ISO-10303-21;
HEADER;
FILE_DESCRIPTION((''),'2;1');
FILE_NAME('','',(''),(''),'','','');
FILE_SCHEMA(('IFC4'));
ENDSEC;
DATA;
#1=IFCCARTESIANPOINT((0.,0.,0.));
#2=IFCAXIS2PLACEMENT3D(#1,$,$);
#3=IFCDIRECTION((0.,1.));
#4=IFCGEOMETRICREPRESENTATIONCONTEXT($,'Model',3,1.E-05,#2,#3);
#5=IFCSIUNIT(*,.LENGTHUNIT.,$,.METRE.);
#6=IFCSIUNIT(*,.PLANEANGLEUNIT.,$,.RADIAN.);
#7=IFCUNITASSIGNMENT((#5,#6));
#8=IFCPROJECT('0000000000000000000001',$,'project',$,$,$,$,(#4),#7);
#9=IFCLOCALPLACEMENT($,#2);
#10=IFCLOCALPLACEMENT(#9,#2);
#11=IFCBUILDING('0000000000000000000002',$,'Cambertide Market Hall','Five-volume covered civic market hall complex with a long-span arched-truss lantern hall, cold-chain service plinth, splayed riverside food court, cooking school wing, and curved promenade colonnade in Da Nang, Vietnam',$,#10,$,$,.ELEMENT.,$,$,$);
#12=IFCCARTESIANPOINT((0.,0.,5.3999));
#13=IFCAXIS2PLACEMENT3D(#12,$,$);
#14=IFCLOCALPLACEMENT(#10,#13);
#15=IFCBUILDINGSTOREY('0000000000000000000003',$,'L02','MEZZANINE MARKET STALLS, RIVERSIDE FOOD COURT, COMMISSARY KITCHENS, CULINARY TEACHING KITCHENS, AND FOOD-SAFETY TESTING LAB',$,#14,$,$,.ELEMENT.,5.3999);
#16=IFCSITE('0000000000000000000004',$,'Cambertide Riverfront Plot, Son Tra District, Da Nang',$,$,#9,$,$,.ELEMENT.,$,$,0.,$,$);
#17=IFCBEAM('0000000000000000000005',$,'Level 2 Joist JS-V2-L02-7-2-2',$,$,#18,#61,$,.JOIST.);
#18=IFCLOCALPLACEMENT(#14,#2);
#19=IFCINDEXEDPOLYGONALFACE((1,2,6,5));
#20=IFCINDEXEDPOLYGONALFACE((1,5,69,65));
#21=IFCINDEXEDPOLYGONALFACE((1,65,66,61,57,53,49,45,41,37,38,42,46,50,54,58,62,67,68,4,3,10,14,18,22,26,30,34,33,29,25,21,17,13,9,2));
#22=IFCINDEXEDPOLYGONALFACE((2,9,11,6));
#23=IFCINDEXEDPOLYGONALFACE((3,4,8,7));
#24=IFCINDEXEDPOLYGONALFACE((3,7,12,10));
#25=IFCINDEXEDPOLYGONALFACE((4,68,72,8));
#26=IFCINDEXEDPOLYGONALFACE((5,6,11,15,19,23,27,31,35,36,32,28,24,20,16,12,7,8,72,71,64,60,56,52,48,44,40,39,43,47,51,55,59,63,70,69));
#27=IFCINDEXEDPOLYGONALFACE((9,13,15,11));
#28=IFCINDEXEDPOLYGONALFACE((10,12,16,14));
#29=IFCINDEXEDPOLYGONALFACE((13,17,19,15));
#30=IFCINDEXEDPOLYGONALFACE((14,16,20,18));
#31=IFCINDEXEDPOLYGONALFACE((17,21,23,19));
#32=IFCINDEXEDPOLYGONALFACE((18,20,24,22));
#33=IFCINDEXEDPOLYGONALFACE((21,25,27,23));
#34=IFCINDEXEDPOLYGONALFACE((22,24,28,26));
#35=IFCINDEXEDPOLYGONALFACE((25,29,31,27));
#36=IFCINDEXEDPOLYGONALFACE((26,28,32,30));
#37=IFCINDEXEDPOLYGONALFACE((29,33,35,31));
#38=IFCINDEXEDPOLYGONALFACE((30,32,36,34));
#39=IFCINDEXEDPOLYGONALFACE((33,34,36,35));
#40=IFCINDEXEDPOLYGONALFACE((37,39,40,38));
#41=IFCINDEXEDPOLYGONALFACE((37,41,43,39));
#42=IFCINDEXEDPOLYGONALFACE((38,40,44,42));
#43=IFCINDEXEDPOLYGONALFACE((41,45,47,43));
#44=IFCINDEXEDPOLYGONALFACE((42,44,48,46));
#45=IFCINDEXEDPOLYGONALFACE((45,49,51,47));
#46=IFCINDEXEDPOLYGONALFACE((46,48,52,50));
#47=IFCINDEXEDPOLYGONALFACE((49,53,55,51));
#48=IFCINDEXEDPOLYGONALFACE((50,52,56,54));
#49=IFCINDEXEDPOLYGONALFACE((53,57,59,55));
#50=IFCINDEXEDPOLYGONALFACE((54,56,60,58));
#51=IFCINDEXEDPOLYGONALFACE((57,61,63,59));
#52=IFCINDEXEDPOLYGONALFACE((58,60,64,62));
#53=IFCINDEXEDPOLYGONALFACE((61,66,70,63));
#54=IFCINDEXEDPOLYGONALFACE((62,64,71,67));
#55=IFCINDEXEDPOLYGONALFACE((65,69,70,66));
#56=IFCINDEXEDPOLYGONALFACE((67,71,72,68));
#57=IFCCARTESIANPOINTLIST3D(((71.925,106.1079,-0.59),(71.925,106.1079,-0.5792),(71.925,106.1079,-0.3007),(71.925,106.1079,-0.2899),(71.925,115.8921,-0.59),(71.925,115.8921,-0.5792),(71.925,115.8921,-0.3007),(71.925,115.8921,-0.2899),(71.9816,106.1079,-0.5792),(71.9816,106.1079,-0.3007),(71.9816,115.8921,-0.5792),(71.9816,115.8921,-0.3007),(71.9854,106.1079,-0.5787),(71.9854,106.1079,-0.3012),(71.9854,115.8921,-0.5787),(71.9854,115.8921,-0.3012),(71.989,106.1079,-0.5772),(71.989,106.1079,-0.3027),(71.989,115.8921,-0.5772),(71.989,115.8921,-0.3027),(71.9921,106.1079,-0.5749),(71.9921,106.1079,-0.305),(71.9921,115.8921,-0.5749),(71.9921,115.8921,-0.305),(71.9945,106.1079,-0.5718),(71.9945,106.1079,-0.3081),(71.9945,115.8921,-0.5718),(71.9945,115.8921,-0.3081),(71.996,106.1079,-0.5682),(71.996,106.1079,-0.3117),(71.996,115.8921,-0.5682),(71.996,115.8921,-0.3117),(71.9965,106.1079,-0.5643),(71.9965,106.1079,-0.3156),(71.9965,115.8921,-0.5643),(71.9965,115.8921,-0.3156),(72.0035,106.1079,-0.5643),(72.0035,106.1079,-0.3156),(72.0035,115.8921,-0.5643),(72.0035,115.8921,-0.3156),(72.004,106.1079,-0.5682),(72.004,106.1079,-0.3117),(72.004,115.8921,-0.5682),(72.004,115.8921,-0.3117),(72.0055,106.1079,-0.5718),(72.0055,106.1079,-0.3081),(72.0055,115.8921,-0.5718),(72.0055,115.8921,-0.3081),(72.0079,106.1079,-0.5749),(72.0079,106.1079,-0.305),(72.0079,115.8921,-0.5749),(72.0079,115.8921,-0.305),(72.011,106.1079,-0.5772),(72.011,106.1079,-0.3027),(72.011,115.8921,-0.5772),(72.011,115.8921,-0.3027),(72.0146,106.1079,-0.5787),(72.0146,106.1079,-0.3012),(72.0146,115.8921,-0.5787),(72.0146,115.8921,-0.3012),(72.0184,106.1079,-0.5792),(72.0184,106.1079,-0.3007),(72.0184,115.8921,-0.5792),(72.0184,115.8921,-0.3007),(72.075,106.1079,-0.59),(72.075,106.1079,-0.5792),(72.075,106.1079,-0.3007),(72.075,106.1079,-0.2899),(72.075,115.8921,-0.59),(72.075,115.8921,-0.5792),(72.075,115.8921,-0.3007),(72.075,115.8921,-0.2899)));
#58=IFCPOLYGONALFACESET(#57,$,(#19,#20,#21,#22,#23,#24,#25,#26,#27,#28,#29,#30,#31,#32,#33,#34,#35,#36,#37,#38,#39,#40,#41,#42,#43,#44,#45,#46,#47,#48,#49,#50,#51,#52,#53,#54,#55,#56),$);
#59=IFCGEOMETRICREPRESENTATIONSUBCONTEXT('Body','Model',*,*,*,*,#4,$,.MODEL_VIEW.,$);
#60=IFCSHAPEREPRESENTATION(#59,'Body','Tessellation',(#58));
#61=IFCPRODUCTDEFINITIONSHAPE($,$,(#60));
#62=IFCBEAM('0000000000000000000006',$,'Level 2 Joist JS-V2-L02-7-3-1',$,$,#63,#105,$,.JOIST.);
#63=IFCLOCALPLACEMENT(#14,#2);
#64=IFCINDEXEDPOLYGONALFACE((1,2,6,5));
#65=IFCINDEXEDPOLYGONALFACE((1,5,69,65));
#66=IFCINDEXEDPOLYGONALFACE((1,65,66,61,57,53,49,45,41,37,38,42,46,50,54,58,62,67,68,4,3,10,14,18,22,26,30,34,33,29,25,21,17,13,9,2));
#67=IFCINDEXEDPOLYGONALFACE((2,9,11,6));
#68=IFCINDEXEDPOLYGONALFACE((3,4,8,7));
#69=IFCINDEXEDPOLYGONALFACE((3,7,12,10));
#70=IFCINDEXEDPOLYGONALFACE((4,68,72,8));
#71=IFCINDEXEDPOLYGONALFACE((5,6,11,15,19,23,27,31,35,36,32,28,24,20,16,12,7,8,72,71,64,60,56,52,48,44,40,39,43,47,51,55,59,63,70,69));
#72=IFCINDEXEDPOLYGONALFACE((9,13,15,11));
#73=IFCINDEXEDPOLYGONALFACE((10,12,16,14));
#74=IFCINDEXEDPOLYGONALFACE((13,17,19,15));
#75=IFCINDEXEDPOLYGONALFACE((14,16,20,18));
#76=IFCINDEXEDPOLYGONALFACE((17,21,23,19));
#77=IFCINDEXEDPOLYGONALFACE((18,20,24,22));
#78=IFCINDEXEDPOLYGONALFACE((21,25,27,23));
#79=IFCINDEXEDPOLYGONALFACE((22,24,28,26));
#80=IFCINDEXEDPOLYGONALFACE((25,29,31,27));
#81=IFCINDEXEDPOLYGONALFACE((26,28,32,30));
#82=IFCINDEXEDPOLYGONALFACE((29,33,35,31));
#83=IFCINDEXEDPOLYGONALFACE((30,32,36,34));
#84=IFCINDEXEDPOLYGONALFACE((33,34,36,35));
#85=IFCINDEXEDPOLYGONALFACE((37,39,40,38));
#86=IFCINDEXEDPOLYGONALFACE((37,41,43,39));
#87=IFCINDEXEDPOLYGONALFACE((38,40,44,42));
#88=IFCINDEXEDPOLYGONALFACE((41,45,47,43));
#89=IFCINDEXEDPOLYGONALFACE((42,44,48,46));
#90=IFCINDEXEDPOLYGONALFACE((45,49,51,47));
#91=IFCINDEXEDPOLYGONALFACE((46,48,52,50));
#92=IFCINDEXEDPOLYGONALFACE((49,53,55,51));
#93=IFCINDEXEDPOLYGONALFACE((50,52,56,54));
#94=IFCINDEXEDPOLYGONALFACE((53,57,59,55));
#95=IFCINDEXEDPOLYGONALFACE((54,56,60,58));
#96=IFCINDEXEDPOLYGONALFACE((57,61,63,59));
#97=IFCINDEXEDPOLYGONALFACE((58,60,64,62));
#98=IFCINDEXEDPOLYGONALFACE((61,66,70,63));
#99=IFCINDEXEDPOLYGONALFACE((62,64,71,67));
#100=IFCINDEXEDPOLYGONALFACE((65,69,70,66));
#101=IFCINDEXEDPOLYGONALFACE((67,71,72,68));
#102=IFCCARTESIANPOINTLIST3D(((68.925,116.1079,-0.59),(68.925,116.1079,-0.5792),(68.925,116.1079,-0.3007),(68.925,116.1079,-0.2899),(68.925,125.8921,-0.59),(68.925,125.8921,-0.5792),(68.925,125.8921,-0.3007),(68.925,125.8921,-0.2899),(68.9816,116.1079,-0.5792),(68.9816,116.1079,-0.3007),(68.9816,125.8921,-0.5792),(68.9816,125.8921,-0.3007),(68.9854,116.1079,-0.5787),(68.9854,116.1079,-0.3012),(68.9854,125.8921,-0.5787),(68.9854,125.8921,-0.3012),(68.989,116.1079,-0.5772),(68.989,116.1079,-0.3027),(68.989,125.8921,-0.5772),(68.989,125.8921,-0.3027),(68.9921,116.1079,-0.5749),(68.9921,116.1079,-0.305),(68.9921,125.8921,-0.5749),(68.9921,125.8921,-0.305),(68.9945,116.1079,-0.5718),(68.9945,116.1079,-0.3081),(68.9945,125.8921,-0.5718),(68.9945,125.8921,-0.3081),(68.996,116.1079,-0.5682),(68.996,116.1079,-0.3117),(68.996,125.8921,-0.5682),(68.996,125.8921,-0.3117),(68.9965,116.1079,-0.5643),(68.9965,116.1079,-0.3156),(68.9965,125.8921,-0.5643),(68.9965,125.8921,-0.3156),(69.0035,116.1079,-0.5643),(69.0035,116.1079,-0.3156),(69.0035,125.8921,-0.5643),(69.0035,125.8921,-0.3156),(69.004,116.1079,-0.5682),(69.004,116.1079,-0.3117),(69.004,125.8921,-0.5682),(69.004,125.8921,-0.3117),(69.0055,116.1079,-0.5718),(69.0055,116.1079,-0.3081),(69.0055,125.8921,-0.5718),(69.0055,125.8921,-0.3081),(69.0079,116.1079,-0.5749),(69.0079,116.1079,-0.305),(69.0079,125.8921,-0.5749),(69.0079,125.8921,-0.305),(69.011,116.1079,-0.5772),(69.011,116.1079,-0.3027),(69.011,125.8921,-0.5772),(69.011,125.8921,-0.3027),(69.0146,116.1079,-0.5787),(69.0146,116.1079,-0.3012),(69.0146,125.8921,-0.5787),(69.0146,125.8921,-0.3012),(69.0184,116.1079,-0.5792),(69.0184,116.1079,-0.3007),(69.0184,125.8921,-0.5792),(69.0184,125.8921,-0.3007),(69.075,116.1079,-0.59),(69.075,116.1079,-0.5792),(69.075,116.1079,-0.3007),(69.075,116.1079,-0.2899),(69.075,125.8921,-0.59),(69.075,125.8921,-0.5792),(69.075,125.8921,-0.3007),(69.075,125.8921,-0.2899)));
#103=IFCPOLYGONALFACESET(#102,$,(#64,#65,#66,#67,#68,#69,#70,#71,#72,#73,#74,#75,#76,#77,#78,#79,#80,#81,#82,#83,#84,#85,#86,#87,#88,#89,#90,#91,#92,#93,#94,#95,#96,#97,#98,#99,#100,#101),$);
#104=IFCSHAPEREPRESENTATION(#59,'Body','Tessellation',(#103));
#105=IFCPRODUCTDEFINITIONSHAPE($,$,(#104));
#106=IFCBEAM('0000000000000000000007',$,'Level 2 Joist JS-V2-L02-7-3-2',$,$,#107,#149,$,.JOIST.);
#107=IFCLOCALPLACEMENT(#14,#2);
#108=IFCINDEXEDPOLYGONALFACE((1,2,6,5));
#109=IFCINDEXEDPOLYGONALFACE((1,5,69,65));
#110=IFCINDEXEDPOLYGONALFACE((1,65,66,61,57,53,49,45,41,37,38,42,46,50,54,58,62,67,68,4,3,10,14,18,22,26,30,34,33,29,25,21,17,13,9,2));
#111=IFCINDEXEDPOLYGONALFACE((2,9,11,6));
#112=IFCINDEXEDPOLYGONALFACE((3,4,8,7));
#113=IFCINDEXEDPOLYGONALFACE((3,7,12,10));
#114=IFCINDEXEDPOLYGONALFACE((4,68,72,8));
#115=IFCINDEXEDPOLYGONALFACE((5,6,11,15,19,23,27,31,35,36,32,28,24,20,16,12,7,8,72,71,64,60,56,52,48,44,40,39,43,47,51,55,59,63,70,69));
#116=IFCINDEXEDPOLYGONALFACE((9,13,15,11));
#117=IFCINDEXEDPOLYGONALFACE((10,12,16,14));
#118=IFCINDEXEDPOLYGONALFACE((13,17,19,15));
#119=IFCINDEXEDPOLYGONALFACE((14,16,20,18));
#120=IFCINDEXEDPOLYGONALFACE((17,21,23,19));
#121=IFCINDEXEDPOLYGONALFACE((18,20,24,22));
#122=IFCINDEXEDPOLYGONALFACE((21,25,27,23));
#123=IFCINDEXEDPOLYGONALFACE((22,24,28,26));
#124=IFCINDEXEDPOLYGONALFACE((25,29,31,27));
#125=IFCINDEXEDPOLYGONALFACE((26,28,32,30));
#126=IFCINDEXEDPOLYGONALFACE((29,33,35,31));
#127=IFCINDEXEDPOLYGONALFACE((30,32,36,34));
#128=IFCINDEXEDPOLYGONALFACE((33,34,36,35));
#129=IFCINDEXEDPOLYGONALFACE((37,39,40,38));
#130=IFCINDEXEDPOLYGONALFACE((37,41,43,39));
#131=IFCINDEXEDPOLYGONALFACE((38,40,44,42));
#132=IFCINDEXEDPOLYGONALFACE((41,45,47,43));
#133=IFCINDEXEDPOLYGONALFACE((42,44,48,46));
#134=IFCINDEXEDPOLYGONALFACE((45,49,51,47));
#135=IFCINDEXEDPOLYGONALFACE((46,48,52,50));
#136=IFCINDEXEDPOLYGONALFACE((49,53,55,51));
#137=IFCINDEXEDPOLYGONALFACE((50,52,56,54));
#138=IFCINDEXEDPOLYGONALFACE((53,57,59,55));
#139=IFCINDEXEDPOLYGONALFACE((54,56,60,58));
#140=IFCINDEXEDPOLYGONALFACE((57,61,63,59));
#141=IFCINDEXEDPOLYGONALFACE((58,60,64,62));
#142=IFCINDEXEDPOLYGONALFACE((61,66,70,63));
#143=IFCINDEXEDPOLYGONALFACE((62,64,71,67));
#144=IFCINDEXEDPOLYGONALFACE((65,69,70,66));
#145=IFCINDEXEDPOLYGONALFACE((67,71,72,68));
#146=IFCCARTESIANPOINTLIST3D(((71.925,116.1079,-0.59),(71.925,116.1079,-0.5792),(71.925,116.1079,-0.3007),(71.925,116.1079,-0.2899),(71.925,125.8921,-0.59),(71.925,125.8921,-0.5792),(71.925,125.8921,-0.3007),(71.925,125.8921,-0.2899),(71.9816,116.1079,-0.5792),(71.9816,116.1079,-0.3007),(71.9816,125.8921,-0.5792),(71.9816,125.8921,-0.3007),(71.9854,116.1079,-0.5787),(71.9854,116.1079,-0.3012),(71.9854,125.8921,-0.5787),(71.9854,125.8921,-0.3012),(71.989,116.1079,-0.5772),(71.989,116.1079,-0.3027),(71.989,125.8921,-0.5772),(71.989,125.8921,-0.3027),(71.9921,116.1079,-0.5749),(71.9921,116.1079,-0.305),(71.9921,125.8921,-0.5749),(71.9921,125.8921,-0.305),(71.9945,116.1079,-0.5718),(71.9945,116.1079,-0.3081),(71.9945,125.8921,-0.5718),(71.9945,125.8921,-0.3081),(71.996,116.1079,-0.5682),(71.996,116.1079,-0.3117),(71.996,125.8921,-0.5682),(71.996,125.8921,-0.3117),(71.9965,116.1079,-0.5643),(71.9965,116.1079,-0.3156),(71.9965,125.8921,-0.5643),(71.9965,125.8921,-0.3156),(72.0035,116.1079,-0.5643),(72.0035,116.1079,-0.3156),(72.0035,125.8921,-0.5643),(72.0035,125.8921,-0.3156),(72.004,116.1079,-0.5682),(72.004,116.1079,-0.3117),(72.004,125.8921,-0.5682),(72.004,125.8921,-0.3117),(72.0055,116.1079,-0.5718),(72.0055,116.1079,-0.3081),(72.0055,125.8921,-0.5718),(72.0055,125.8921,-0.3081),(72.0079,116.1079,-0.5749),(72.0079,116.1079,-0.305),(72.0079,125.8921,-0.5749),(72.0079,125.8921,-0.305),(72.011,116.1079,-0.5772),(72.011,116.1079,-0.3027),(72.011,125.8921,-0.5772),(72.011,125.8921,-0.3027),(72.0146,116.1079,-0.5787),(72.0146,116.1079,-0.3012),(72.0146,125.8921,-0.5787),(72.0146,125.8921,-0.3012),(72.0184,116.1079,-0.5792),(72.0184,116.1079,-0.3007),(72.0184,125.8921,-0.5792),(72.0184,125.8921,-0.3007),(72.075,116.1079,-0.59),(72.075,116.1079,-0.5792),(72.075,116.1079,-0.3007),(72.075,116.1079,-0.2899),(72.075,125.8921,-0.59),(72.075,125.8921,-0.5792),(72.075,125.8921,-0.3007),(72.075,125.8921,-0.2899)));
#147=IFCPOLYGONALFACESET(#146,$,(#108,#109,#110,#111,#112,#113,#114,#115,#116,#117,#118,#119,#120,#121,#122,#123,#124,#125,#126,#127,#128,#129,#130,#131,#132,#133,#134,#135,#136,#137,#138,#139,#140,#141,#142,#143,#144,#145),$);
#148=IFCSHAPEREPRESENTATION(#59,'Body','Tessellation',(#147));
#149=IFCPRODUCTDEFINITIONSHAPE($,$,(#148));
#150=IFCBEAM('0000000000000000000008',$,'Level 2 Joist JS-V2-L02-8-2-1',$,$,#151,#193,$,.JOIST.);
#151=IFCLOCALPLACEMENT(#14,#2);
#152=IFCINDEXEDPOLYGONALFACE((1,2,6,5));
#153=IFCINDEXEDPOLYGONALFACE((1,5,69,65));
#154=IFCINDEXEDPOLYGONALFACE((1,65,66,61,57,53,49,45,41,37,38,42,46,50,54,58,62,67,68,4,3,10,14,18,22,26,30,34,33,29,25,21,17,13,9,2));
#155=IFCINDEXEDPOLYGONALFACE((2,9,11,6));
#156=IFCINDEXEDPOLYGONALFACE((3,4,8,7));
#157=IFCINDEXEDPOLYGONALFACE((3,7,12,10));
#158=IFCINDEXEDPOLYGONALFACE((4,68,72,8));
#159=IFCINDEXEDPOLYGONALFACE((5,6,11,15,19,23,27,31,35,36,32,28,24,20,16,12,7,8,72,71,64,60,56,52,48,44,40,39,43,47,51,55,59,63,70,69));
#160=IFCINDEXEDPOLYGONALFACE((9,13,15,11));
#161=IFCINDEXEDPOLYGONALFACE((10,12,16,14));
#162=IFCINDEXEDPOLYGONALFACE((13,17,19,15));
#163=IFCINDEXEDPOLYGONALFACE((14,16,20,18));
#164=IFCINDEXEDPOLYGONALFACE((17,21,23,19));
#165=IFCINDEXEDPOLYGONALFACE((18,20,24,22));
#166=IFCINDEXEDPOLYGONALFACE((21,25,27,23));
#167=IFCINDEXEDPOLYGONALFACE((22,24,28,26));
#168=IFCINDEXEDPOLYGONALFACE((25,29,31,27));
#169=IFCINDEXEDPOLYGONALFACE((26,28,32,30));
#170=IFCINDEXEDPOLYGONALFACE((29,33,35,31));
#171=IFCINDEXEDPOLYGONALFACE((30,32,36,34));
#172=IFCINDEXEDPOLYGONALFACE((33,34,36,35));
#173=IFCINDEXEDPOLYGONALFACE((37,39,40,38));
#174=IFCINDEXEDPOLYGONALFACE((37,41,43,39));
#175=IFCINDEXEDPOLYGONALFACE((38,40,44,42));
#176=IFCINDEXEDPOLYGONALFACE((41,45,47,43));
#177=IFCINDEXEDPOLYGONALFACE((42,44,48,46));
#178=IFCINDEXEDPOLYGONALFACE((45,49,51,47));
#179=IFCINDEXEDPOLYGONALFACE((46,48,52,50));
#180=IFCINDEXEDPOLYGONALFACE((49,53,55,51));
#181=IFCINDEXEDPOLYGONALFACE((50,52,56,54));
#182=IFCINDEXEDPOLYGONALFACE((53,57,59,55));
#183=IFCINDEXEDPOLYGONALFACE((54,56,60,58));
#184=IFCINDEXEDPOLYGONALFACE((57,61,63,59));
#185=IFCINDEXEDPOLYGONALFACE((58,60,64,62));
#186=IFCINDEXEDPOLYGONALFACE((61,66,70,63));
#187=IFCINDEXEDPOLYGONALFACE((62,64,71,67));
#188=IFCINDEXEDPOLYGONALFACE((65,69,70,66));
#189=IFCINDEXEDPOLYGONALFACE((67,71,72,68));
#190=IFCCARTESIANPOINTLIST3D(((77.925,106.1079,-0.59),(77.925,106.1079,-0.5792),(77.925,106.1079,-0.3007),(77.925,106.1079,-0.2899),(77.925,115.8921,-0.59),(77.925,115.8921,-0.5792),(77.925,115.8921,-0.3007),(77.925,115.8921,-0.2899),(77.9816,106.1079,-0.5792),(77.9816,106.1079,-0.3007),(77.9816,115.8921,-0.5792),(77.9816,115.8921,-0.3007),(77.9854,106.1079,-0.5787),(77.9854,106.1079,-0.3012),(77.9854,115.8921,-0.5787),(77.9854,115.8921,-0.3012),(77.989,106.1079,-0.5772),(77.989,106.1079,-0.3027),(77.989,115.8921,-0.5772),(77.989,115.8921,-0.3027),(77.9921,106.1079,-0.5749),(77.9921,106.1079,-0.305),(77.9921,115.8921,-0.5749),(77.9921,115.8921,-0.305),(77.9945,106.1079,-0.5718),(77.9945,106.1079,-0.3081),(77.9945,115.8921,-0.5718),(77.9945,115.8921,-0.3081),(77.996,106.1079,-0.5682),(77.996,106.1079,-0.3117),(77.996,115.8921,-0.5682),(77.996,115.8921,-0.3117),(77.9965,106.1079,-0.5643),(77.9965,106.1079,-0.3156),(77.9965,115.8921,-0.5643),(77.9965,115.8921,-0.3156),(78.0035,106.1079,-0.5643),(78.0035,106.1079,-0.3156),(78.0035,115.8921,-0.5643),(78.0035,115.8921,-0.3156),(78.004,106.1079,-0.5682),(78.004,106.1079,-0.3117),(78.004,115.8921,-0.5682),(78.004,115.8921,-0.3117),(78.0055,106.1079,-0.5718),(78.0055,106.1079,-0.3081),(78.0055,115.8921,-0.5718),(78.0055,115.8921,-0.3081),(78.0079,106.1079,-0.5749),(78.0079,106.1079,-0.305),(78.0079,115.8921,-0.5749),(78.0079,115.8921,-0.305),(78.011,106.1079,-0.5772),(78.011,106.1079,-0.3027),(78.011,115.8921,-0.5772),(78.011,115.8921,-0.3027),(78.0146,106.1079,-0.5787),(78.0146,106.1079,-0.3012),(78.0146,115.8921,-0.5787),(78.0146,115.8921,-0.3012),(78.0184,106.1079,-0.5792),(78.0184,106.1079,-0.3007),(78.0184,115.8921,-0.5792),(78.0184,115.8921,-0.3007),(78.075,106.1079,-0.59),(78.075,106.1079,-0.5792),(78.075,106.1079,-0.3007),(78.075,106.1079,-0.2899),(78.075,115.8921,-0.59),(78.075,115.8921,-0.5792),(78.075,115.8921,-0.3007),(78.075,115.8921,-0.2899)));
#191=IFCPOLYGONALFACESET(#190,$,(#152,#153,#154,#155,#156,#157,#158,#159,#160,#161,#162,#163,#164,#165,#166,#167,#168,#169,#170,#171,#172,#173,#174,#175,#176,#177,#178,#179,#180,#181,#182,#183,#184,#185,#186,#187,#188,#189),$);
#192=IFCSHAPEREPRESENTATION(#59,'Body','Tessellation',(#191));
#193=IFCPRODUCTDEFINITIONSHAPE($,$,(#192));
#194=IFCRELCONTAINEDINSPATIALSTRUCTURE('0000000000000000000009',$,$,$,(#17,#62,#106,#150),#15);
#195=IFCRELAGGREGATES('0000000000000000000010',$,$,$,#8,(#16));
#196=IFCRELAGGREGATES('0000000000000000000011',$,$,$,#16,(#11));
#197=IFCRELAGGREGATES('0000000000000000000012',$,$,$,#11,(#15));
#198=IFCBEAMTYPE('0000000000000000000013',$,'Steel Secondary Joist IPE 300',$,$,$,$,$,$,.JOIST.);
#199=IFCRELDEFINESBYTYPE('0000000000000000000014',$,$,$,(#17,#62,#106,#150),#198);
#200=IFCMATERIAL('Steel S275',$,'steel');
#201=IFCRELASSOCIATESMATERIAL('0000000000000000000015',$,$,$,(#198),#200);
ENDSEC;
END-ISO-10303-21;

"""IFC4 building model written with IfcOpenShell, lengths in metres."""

from ifc_helpers import new_model, si_unit, direction, frame, origin, origin_2d, place, context, subcontext, project, spatial, i_section, extrude, material, material_profile, profile_set, type_object, element, save


model = new_model("IFC4")

# Units and contexts
model_context = context("Model", 3, precision=1e-05, world=origin(), true_north=direction((0.0, 1.0)))
body_context = subcontext(model_context, "Body", "Model", "MODEL_VIEW")
ifc_project = project(units=[si_unit("LENGTHUNIT", "METRE"), si_unit("PLANEANGLEUNIT", "RADIAN")], contexts=[model_context])

# Site, building, storey
site_placement = place(None, origin())
site = spatial("IfcSite", under=ifc_project, at=site_placement, Name="Cambertide Riverfront Plot, Son Tra District, Da Nang", CompositionType="ELEMENT", RefElevation=0.0)
building_placement = place(site_placement, origin())
building = spatial("IfcBuilding", under=site, at=building_placement, Name="Cambertide Market Hall", Description="Five-volume covered civic market hall complex with a long-span arched-truss lantern hall, cold-chain service plinth, splayed riverside food court, cooking school wing, and curved promenade colonnade in Da Nang, Vietnam", CompositionType="ELEMENT")
storey_placement = place(building_placement, frame((0.0, 0.0, 5.3999)))
storey = spatial("IfcBuildingStorey", under=building, at=storey_placement, Name="L02", Description="MEZZANINE MARKET STALLS, RIVERSIDE FOOD COURT, COMMISSARY KITCHENS, CULINARY TEACHING KITCHENS, AND FOOD-SAFETY TESTING LAB", CompositionType="ELEMENT", Elevation=5.3999)

# Beams
ifc_material_1 = material(Name="Steel S275", Category="steel")
ifc_material_profile_1 = material_profile(ifc_material_1, i_section(OverallWidth=0.1499, OverallDepth=0.3, WebThickness=0.0071, FlangeThickness=0.0107, FilletRadius=0.0149, at=origin_2d()), Name="IPE 300")
ifc_profile_set_1 = profile_set([ifc_material_profile_1], Name="Steel S275")
beam_type_1 = type_object("IfcBeamType", Name="Steel Secondary Joist IPE 300", PredefinedType="JOIST", material=ifc_profile_set_1)
for number, where, z_axis, x_axis, name in (
    (1, (72.0, 106.1079, -0.4399), (0.0, 1.0, 0.0), (-1.0, 0.0, 0.0), "Level 2 Joist JS-V2-L02-7-2-2"),
    (2, (69.0, 116.1079, -0.4399), (0.0, 1.0, 0.0), (-1.0, 0.0, 0.0), "Level 2 Joist JS-V2-L02-7-3-1"),
    (3, (72.0, 116.1079, -0.4399), (0.0, 1.0, 0.0), (-1.0, 0.0, 0.0), "Level 2 Joist JS-V2-L02-7-3-2"),
    (4, (78.0, 106.1079, -0.4399), (0.0, 1.0, 0.0), (-1.0, 0.0, 0.0), "Level 2 Joist JS-V2-L02-8-2-1"),
):
    element("IfcBeam", number, at=place(storey_placement, frame(where, z_axis=z_axis, x_axis=x_axis)), inside=storey, type_object=beam_type_1, Name=name, PredefinedType="JOIST", context=body_context, shape_type="SweptSolid", body=[
        extrude(i_section(OverallWidth=0.1499, OverallDepth=0.3, WebThickness=0.0071, FlangeThickness=0.0107, FilletRadius=0.0149, at=origin_2d()), origin(), (0.0, 0.0, 1.0), 9.7842),
    ])

save(model, "model.ifc")
